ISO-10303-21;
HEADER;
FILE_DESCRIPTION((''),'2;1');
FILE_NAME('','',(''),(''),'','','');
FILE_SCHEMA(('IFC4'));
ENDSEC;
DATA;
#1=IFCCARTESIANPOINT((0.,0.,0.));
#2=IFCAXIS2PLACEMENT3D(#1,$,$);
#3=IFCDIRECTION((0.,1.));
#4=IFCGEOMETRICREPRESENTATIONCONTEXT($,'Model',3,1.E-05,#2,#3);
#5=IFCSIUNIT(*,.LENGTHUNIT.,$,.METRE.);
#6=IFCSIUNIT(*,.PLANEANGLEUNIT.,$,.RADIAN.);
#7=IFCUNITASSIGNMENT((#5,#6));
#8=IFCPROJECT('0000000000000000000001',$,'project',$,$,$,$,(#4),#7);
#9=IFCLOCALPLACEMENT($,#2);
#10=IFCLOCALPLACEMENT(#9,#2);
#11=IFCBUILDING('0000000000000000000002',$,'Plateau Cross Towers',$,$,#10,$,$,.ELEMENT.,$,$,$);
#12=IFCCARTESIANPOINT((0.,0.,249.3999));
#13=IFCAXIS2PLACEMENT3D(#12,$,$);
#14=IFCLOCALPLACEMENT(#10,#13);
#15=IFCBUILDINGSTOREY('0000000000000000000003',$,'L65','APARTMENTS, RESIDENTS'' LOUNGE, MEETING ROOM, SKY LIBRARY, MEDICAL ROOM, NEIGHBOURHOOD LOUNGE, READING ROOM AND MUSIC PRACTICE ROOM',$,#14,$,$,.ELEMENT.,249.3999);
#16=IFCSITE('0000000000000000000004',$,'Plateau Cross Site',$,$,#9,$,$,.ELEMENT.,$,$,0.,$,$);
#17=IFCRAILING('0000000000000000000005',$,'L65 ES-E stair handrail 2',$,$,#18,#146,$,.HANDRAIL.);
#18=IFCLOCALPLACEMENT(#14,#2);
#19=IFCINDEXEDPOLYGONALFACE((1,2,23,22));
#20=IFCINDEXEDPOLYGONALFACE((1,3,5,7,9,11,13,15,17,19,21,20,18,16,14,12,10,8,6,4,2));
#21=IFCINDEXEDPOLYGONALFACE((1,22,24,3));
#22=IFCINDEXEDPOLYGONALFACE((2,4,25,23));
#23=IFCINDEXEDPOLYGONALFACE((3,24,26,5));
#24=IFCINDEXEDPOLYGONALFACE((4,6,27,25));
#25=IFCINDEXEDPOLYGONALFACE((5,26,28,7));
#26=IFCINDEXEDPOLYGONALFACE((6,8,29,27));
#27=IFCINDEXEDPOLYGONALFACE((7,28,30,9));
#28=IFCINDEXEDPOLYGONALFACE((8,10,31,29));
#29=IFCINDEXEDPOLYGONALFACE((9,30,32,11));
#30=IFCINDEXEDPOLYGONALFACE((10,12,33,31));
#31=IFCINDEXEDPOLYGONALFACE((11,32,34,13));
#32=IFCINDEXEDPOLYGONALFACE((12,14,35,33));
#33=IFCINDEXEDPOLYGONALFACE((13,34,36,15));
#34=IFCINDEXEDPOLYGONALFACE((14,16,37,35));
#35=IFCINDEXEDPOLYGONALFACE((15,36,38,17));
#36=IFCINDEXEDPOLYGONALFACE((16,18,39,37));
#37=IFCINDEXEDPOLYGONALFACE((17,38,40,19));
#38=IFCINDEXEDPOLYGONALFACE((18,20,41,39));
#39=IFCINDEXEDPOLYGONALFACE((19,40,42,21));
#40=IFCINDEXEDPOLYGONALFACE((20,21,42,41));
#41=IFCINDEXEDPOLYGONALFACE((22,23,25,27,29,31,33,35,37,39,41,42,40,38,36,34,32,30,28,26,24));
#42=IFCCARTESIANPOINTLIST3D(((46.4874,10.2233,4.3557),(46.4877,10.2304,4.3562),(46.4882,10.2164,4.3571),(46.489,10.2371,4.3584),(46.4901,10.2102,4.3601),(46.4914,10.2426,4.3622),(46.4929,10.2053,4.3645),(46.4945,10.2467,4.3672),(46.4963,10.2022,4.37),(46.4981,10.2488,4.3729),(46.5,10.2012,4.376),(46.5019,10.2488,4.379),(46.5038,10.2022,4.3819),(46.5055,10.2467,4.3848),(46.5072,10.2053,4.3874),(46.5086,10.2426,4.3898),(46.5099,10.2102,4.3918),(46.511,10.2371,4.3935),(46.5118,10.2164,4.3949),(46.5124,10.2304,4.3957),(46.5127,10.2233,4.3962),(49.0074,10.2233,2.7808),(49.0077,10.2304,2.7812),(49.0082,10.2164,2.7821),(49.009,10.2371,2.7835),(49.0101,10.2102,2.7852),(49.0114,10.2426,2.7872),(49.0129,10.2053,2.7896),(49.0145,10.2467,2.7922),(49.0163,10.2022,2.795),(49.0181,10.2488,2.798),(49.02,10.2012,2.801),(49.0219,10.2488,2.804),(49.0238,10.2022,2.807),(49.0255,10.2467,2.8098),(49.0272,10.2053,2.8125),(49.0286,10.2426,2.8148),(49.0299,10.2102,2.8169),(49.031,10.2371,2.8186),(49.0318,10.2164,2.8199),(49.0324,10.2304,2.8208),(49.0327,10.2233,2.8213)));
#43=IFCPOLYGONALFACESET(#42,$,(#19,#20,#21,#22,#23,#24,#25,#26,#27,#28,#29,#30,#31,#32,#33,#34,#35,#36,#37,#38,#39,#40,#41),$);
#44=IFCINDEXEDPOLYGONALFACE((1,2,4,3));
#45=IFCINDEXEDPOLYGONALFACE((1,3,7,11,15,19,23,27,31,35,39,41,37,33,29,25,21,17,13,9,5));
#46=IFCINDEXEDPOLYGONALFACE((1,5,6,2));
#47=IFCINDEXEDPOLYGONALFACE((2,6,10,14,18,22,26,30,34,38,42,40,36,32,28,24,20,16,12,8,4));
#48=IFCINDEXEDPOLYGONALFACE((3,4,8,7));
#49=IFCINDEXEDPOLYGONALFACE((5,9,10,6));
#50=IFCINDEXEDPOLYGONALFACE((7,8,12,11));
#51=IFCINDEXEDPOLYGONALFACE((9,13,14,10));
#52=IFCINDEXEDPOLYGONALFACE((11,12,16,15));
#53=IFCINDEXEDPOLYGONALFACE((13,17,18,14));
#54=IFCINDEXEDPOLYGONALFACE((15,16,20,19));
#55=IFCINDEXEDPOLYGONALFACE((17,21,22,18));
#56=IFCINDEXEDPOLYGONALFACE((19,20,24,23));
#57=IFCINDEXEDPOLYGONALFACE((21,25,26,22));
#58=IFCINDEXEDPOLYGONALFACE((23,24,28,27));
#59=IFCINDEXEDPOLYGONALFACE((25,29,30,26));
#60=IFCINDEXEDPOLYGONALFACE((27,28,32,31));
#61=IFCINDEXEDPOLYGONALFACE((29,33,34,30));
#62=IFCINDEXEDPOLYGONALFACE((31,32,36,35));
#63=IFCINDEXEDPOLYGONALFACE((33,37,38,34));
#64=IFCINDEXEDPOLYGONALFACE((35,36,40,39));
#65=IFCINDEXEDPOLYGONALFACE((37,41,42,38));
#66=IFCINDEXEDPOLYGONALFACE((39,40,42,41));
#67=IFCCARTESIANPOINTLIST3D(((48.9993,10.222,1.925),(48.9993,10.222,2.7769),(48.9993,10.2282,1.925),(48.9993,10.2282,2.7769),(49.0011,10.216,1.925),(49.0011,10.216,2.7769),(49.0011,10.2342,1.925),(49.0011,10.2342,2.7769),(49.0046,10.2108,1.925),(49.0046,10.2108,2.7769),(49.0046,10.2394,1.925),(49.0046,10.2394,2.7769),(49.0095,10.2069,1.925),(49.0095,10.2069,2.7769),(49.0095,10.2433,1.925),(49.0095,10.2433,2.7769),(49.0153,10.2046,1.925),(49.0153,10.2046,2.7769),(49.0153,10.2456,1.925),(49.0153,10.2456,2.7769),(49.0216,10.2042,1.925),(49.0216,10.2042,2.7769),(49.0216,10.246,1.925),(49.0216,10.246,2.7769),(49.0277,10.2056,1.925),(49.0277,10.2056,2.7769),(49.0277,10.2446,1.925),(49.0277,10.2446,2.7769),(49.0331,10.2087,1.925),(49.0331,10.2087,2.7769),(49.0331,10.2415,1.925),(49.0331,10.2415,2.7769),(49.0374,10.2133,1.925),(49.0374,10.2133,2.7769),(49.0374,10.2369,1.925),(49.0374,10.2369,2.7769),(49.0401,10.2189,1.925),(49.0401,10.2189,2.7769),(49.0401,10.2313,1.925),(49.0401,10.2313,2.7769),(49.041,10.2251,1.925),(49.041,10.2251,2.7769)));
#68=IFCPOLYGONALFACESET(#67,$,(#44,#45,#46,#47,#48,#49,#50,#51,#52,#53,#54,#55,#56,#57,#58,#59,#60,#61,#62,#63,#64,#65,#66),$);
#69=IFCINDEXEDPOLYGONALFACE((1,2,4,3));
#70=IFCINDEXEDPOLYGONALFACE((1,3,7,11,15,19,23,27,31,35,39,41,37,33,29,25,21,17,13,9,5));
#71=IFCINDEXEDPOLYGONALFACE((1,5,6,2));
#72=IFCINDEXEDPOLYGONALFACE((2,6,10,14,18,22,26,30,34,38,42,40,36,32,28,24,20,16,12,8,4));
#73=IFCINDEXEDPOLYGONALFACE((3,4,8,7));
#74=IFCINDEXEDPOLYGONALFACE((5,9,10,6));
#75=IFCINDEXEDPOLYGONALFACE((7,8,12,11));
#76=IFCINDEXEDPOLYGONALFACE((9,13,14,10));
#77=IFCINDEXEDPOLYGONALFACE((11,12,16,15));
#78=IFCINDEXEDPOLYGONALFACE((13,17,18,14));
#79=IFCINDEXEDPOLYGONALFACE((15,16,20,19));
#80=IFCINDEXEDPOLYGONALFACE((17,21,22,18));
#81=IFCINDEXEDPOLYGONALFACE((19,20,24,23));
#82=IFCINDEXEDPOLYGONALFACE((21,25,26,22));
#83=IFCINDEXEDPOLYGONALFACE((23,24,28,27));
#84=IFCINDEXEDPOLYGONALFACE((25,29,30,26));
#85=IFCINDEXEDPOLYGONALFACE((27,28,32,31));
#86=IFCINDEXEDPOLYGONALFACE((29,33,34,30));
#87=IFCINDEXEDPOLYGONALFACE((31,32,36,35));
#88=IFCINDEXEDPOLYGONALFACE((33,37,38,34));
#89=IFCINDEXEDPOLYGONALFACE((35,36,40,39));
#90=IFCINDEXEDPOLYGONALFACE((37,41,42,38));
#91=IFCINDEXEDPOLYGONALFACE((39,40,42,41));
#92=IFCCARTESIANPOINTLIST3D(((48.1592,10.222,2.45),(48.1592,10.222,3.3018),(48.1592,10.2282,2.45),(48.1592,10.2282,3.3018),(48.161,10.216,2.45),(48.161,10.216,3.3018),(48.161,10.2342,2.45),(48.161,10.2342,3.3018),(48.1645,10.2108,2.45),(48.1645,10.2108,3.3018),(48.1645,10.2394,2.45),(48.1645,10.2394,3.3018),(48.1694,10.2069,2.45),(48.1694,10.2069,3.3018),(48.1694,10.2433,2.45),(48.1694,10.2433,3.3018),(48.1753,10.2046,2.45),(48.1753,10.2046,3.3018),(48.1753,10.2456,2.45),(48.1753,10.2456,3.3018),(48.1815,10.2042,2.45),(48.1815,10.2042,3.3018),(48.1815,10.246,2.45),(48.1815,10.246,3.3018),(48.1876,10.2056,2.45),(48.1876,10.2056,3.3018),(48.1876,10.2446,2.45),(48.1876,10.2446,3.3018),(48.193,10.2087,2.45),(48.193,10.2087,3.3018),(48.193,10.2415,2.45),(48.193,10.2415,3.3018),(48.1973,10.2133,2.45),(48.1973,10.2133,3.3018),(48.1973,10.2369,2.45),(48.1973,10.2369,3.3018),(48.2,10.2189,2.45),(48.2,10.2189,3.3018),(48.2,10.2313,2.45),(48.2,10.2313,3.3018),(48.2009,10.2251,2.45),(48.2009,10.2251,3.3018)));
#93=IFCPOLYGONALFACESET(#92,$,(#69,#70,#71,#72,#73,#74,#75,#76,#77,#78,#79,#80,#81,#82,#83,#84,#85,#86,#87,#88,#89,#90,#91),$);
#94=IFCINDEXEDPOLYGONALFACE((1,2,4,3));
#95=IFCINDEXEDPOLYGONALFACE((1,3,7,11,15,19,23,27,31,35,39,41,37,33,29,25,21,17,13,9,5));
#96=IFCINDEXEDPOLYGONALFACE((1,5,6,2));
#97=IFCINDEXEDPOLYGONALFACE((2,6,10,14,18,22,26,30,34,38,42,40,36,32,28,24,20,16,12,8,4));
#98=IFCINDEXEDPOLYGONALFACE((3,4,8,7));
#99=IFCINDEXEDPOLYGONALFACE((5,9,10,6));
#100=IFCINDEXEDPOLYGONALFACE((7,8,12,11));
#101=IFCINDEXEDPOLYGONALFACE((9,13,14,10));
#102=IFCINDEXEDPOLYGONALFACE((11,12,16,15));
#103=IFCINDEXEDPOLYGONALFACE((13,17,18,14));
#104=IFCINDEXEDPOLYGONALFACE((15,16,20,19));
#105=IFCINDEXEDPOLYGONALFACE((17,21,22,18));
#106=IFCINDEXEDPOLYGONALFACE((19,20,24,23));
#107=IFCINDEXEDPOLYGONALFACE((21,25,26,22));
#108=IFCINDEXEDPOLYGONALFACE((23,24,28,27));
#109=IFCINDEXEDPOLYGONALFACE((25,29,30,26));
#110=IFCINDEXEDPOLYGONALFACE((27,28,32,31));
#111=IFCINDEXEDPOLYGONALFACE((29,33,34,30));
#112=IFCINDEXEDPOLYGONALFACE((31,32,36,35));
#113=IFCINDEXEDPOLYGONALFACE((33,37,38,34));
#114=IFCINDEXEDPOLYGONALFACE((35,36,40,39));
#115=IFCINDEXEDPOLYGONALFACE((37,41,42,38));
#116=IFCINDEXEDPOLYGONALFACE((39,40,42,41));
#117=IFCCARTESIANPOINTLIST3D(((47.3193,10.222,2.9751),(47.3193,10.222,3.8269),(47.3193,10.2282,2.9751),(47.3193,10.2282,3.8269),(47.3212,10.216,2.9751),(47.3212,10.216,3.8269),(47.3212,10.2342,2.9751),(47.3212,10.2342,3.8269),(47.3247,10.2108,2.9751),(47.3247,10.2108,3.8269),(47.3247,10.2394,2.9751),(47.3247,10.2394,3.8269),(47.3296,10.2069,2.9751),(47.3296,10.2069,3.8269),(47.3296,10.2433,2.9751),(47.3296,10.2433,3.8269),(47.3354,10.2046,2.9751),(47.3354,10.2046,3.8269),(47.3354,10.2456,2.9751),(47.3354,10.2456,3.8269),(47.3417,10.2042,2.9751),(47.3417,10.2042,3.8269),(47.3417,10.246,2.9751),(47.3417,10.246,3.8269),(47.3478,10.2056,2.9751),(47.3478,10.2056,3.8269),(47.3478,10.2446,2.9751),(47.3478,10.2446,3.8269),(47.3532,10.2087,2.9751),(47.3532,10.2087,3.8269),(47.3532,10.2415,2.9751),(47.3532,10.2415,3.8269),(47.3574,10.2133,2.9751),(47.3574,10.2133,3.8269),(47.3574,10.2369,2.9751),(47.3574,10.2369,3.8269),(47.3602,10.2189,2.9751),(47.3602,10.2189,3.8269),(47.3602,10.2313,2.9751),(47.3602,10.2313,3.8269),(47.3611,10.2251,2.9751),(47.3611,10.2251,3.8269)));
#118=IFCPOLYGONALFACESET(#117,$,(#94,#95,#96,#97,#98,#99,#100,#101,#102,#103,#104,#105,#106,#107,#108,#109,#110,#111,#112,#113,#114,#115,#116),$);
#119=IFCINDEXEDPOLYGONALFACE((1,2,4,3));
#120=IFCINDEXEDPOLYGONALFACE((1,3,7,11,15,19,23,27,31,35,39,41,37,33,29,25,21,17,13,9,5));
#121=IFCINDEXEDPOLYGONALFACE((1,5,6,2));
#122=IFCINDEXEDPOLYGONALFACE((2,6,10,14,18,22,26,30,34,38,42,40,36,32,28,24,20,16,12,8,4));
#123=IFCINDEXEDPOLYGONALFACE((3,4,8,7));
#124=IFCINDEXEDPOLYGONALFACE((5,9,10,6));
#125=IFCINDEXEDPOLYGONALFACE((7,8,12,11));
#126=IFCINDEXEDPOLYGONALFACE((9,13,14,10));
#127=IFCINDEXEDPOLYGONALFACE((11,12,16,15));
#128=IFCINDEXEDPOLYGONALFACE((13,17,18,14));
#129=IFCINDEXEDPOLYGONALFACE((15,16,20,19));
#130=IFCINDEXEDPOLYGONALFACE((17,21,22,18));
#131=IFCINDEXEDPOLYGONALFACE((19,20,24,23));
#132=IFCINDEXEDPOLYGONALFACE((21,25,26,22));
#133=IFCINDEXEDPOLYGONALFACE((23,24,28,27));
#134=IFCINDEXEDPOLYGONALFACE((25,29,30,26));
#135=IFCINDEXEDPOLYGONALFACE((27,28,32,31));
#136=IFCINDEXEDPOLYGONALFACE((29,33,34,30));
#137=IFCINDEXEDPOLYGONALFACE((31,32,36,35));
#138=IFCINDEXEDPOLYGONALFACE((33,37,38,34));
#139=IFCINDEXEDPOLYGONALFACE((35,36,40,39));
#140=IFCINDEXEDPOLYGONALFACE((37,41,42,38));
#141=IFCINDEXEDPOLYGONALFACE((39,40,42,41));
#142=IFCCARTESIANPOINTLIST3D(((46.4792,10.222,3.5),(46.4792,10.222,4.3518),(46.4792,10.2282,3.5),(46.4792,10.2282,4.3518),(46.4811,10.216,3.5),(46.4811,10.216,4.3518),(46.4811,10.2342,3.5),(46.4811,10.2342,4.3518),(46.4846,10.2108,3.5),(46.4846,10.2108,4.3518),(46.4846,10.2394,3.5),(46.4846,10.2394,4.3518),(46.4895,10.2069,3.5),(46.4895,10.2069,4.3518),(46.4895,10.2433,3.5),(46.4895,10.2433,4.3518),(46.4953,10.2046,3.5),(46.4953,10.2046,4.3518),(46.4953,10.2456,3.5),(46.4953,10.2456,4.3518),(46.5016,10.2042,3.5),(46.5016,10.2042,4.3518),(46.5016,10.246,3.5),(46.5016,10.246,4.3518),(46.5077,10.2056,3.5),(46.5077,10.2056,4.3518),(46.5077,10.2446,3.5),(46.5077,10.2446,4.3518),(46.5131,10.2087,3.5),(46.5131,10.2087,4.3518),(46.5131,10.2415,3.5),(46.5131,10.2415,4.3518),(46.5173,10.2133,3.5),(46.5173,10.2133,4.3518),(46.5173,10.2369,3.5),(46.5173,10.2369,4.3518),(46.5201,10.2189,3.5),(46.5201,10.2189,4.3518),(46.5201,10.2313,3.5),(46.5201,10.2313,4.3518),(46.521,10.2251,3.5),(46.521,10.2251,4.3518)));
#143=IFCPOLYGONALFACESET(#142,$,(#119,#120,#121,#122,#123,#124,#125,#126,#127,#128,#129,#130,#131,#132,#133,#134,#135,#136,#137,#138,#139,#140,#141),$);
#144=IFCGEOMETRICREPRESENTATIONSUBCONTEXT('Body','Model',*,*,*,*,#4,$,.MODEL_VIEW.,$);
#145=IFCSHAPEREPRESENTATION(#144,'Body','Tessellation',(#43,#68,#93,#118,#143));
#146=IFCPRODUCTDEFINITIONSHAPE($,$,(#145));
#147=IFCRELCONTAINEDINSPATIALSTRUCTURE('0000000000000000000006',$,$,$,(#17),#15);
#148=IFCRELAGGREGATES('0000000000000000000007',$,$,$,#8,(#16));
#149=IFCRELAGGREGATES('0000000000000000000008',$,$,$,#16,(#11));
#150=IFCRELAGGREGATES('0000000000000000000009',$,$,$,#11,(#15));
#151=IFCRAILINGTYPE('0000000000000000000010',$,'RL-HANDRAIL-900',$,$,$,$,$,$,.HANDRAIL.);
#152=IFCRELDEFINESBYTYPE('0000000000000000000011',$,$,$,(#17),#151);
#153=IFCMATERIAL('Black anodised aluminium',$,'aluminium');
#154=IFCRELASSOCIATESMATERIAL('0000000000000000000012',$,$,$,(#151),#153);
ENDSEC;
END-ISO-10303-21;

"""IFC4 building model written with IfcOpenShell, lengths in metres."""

from ifc_helpers import new_model, si_unit, direction, frame, origin, origin_2d, place, context, subcontext, project, spatial, circle, extrude, material, type_object, element, save


model = new_model("IFC4")

# Units and contexts
model_context = context("Model", 3, precision=1e-05, world=origin(), true_north=direction((0.0, 1.0)))
body_context = subcontext(model_context, "Body", "Model", "MODEL_VIEW")
ifc_project = project(units=[si_unit("LENGTHUNIT", "METRE"), si_unit("PLANEANGLEUNIT", "RADIAN")], contexts=[model_context])

# Site, building, storey
site_placement = place(None, origin())
site = spatial("IfcSite", under=ifc_project, at=site_placement, Name="Plateau Cross Site", CompositionType="ELEMENT", RefElevation=0.0)
building_placement = place(site_placement, origin())
building = spatial("IfcBuilding", under=site, at=building_placement, Name="Plateau Cross Towers", CompositionType="ELEMENT")
storey_placement = place(building_placement, frame((0.0, 0.0, 249.3999)))
storey = spatial("IfcBuildingStorey", under=building, at=storey_placement, Name="L65", Description="APARTMENTS, RESIDENTS' LOUNGE, MEETING ROOM, SKY LIBRARY, MEDICAL ROOM, NEIGHBOURHOOD LOUNGE, READING ROOM AND MUSIC PRACTICE ROOM", CompositionType="ELEMENT", Elevation=249.3999)

# Shared definitions
ifc_material_1 = material(Name="Black anodised aluminium", Category="aluminium")

# Railing
railing_type_1 = type_object("IfcRailingType", Name="RL-HANDRAIL-900", PredefinedType="HANDRAIL", material=ifc_material_1)
railing_1_placement = place(storey_placement, frame((49.02, 10.2251, 1.925)))
element("IfcRailing", 1, at=railing_1_placement, inside=storey, type_object=railing_type_1, Name="L65 ES-E stair handrail 2", PredefinedType="HANDRAIL", context=body_context, shape_type="SweptSolid", body=[
    extrude(circle(Radius=0.0239, at=origin_2d()), frame((0.0, 0.0, 0.876), z_axis=(-0.848008, 0.0, 0.529984), x_axis=(0.0, -1.0, 0.0)), (0.0, 0.0, 1.0), 2.9717),
    extrude(circle(Radius=0.021, at=origin_2d()), origin(), (0.0, 0.0, 1.0), 0.8518),
    extrude(circle(Radius=0.021, at=origin_2d()), frame((-0.8401, 0.0, 0.5249)), (0.0, 0.0, 1.0), 0.8518),
    extrude(circle(Radius=0.021, at=origin_2d()), frame((-1.6799, 0.0, 1.05)), (0.0, 0.0, 1.0), 0.8518),
    extrude(circle(Radius=0.021, at=origin_2d()), frame((-2.52, 0.0, 1.575)), (0.0, 0.0, 1.0), 0.8518),
])

save(model, "model.ifc")
